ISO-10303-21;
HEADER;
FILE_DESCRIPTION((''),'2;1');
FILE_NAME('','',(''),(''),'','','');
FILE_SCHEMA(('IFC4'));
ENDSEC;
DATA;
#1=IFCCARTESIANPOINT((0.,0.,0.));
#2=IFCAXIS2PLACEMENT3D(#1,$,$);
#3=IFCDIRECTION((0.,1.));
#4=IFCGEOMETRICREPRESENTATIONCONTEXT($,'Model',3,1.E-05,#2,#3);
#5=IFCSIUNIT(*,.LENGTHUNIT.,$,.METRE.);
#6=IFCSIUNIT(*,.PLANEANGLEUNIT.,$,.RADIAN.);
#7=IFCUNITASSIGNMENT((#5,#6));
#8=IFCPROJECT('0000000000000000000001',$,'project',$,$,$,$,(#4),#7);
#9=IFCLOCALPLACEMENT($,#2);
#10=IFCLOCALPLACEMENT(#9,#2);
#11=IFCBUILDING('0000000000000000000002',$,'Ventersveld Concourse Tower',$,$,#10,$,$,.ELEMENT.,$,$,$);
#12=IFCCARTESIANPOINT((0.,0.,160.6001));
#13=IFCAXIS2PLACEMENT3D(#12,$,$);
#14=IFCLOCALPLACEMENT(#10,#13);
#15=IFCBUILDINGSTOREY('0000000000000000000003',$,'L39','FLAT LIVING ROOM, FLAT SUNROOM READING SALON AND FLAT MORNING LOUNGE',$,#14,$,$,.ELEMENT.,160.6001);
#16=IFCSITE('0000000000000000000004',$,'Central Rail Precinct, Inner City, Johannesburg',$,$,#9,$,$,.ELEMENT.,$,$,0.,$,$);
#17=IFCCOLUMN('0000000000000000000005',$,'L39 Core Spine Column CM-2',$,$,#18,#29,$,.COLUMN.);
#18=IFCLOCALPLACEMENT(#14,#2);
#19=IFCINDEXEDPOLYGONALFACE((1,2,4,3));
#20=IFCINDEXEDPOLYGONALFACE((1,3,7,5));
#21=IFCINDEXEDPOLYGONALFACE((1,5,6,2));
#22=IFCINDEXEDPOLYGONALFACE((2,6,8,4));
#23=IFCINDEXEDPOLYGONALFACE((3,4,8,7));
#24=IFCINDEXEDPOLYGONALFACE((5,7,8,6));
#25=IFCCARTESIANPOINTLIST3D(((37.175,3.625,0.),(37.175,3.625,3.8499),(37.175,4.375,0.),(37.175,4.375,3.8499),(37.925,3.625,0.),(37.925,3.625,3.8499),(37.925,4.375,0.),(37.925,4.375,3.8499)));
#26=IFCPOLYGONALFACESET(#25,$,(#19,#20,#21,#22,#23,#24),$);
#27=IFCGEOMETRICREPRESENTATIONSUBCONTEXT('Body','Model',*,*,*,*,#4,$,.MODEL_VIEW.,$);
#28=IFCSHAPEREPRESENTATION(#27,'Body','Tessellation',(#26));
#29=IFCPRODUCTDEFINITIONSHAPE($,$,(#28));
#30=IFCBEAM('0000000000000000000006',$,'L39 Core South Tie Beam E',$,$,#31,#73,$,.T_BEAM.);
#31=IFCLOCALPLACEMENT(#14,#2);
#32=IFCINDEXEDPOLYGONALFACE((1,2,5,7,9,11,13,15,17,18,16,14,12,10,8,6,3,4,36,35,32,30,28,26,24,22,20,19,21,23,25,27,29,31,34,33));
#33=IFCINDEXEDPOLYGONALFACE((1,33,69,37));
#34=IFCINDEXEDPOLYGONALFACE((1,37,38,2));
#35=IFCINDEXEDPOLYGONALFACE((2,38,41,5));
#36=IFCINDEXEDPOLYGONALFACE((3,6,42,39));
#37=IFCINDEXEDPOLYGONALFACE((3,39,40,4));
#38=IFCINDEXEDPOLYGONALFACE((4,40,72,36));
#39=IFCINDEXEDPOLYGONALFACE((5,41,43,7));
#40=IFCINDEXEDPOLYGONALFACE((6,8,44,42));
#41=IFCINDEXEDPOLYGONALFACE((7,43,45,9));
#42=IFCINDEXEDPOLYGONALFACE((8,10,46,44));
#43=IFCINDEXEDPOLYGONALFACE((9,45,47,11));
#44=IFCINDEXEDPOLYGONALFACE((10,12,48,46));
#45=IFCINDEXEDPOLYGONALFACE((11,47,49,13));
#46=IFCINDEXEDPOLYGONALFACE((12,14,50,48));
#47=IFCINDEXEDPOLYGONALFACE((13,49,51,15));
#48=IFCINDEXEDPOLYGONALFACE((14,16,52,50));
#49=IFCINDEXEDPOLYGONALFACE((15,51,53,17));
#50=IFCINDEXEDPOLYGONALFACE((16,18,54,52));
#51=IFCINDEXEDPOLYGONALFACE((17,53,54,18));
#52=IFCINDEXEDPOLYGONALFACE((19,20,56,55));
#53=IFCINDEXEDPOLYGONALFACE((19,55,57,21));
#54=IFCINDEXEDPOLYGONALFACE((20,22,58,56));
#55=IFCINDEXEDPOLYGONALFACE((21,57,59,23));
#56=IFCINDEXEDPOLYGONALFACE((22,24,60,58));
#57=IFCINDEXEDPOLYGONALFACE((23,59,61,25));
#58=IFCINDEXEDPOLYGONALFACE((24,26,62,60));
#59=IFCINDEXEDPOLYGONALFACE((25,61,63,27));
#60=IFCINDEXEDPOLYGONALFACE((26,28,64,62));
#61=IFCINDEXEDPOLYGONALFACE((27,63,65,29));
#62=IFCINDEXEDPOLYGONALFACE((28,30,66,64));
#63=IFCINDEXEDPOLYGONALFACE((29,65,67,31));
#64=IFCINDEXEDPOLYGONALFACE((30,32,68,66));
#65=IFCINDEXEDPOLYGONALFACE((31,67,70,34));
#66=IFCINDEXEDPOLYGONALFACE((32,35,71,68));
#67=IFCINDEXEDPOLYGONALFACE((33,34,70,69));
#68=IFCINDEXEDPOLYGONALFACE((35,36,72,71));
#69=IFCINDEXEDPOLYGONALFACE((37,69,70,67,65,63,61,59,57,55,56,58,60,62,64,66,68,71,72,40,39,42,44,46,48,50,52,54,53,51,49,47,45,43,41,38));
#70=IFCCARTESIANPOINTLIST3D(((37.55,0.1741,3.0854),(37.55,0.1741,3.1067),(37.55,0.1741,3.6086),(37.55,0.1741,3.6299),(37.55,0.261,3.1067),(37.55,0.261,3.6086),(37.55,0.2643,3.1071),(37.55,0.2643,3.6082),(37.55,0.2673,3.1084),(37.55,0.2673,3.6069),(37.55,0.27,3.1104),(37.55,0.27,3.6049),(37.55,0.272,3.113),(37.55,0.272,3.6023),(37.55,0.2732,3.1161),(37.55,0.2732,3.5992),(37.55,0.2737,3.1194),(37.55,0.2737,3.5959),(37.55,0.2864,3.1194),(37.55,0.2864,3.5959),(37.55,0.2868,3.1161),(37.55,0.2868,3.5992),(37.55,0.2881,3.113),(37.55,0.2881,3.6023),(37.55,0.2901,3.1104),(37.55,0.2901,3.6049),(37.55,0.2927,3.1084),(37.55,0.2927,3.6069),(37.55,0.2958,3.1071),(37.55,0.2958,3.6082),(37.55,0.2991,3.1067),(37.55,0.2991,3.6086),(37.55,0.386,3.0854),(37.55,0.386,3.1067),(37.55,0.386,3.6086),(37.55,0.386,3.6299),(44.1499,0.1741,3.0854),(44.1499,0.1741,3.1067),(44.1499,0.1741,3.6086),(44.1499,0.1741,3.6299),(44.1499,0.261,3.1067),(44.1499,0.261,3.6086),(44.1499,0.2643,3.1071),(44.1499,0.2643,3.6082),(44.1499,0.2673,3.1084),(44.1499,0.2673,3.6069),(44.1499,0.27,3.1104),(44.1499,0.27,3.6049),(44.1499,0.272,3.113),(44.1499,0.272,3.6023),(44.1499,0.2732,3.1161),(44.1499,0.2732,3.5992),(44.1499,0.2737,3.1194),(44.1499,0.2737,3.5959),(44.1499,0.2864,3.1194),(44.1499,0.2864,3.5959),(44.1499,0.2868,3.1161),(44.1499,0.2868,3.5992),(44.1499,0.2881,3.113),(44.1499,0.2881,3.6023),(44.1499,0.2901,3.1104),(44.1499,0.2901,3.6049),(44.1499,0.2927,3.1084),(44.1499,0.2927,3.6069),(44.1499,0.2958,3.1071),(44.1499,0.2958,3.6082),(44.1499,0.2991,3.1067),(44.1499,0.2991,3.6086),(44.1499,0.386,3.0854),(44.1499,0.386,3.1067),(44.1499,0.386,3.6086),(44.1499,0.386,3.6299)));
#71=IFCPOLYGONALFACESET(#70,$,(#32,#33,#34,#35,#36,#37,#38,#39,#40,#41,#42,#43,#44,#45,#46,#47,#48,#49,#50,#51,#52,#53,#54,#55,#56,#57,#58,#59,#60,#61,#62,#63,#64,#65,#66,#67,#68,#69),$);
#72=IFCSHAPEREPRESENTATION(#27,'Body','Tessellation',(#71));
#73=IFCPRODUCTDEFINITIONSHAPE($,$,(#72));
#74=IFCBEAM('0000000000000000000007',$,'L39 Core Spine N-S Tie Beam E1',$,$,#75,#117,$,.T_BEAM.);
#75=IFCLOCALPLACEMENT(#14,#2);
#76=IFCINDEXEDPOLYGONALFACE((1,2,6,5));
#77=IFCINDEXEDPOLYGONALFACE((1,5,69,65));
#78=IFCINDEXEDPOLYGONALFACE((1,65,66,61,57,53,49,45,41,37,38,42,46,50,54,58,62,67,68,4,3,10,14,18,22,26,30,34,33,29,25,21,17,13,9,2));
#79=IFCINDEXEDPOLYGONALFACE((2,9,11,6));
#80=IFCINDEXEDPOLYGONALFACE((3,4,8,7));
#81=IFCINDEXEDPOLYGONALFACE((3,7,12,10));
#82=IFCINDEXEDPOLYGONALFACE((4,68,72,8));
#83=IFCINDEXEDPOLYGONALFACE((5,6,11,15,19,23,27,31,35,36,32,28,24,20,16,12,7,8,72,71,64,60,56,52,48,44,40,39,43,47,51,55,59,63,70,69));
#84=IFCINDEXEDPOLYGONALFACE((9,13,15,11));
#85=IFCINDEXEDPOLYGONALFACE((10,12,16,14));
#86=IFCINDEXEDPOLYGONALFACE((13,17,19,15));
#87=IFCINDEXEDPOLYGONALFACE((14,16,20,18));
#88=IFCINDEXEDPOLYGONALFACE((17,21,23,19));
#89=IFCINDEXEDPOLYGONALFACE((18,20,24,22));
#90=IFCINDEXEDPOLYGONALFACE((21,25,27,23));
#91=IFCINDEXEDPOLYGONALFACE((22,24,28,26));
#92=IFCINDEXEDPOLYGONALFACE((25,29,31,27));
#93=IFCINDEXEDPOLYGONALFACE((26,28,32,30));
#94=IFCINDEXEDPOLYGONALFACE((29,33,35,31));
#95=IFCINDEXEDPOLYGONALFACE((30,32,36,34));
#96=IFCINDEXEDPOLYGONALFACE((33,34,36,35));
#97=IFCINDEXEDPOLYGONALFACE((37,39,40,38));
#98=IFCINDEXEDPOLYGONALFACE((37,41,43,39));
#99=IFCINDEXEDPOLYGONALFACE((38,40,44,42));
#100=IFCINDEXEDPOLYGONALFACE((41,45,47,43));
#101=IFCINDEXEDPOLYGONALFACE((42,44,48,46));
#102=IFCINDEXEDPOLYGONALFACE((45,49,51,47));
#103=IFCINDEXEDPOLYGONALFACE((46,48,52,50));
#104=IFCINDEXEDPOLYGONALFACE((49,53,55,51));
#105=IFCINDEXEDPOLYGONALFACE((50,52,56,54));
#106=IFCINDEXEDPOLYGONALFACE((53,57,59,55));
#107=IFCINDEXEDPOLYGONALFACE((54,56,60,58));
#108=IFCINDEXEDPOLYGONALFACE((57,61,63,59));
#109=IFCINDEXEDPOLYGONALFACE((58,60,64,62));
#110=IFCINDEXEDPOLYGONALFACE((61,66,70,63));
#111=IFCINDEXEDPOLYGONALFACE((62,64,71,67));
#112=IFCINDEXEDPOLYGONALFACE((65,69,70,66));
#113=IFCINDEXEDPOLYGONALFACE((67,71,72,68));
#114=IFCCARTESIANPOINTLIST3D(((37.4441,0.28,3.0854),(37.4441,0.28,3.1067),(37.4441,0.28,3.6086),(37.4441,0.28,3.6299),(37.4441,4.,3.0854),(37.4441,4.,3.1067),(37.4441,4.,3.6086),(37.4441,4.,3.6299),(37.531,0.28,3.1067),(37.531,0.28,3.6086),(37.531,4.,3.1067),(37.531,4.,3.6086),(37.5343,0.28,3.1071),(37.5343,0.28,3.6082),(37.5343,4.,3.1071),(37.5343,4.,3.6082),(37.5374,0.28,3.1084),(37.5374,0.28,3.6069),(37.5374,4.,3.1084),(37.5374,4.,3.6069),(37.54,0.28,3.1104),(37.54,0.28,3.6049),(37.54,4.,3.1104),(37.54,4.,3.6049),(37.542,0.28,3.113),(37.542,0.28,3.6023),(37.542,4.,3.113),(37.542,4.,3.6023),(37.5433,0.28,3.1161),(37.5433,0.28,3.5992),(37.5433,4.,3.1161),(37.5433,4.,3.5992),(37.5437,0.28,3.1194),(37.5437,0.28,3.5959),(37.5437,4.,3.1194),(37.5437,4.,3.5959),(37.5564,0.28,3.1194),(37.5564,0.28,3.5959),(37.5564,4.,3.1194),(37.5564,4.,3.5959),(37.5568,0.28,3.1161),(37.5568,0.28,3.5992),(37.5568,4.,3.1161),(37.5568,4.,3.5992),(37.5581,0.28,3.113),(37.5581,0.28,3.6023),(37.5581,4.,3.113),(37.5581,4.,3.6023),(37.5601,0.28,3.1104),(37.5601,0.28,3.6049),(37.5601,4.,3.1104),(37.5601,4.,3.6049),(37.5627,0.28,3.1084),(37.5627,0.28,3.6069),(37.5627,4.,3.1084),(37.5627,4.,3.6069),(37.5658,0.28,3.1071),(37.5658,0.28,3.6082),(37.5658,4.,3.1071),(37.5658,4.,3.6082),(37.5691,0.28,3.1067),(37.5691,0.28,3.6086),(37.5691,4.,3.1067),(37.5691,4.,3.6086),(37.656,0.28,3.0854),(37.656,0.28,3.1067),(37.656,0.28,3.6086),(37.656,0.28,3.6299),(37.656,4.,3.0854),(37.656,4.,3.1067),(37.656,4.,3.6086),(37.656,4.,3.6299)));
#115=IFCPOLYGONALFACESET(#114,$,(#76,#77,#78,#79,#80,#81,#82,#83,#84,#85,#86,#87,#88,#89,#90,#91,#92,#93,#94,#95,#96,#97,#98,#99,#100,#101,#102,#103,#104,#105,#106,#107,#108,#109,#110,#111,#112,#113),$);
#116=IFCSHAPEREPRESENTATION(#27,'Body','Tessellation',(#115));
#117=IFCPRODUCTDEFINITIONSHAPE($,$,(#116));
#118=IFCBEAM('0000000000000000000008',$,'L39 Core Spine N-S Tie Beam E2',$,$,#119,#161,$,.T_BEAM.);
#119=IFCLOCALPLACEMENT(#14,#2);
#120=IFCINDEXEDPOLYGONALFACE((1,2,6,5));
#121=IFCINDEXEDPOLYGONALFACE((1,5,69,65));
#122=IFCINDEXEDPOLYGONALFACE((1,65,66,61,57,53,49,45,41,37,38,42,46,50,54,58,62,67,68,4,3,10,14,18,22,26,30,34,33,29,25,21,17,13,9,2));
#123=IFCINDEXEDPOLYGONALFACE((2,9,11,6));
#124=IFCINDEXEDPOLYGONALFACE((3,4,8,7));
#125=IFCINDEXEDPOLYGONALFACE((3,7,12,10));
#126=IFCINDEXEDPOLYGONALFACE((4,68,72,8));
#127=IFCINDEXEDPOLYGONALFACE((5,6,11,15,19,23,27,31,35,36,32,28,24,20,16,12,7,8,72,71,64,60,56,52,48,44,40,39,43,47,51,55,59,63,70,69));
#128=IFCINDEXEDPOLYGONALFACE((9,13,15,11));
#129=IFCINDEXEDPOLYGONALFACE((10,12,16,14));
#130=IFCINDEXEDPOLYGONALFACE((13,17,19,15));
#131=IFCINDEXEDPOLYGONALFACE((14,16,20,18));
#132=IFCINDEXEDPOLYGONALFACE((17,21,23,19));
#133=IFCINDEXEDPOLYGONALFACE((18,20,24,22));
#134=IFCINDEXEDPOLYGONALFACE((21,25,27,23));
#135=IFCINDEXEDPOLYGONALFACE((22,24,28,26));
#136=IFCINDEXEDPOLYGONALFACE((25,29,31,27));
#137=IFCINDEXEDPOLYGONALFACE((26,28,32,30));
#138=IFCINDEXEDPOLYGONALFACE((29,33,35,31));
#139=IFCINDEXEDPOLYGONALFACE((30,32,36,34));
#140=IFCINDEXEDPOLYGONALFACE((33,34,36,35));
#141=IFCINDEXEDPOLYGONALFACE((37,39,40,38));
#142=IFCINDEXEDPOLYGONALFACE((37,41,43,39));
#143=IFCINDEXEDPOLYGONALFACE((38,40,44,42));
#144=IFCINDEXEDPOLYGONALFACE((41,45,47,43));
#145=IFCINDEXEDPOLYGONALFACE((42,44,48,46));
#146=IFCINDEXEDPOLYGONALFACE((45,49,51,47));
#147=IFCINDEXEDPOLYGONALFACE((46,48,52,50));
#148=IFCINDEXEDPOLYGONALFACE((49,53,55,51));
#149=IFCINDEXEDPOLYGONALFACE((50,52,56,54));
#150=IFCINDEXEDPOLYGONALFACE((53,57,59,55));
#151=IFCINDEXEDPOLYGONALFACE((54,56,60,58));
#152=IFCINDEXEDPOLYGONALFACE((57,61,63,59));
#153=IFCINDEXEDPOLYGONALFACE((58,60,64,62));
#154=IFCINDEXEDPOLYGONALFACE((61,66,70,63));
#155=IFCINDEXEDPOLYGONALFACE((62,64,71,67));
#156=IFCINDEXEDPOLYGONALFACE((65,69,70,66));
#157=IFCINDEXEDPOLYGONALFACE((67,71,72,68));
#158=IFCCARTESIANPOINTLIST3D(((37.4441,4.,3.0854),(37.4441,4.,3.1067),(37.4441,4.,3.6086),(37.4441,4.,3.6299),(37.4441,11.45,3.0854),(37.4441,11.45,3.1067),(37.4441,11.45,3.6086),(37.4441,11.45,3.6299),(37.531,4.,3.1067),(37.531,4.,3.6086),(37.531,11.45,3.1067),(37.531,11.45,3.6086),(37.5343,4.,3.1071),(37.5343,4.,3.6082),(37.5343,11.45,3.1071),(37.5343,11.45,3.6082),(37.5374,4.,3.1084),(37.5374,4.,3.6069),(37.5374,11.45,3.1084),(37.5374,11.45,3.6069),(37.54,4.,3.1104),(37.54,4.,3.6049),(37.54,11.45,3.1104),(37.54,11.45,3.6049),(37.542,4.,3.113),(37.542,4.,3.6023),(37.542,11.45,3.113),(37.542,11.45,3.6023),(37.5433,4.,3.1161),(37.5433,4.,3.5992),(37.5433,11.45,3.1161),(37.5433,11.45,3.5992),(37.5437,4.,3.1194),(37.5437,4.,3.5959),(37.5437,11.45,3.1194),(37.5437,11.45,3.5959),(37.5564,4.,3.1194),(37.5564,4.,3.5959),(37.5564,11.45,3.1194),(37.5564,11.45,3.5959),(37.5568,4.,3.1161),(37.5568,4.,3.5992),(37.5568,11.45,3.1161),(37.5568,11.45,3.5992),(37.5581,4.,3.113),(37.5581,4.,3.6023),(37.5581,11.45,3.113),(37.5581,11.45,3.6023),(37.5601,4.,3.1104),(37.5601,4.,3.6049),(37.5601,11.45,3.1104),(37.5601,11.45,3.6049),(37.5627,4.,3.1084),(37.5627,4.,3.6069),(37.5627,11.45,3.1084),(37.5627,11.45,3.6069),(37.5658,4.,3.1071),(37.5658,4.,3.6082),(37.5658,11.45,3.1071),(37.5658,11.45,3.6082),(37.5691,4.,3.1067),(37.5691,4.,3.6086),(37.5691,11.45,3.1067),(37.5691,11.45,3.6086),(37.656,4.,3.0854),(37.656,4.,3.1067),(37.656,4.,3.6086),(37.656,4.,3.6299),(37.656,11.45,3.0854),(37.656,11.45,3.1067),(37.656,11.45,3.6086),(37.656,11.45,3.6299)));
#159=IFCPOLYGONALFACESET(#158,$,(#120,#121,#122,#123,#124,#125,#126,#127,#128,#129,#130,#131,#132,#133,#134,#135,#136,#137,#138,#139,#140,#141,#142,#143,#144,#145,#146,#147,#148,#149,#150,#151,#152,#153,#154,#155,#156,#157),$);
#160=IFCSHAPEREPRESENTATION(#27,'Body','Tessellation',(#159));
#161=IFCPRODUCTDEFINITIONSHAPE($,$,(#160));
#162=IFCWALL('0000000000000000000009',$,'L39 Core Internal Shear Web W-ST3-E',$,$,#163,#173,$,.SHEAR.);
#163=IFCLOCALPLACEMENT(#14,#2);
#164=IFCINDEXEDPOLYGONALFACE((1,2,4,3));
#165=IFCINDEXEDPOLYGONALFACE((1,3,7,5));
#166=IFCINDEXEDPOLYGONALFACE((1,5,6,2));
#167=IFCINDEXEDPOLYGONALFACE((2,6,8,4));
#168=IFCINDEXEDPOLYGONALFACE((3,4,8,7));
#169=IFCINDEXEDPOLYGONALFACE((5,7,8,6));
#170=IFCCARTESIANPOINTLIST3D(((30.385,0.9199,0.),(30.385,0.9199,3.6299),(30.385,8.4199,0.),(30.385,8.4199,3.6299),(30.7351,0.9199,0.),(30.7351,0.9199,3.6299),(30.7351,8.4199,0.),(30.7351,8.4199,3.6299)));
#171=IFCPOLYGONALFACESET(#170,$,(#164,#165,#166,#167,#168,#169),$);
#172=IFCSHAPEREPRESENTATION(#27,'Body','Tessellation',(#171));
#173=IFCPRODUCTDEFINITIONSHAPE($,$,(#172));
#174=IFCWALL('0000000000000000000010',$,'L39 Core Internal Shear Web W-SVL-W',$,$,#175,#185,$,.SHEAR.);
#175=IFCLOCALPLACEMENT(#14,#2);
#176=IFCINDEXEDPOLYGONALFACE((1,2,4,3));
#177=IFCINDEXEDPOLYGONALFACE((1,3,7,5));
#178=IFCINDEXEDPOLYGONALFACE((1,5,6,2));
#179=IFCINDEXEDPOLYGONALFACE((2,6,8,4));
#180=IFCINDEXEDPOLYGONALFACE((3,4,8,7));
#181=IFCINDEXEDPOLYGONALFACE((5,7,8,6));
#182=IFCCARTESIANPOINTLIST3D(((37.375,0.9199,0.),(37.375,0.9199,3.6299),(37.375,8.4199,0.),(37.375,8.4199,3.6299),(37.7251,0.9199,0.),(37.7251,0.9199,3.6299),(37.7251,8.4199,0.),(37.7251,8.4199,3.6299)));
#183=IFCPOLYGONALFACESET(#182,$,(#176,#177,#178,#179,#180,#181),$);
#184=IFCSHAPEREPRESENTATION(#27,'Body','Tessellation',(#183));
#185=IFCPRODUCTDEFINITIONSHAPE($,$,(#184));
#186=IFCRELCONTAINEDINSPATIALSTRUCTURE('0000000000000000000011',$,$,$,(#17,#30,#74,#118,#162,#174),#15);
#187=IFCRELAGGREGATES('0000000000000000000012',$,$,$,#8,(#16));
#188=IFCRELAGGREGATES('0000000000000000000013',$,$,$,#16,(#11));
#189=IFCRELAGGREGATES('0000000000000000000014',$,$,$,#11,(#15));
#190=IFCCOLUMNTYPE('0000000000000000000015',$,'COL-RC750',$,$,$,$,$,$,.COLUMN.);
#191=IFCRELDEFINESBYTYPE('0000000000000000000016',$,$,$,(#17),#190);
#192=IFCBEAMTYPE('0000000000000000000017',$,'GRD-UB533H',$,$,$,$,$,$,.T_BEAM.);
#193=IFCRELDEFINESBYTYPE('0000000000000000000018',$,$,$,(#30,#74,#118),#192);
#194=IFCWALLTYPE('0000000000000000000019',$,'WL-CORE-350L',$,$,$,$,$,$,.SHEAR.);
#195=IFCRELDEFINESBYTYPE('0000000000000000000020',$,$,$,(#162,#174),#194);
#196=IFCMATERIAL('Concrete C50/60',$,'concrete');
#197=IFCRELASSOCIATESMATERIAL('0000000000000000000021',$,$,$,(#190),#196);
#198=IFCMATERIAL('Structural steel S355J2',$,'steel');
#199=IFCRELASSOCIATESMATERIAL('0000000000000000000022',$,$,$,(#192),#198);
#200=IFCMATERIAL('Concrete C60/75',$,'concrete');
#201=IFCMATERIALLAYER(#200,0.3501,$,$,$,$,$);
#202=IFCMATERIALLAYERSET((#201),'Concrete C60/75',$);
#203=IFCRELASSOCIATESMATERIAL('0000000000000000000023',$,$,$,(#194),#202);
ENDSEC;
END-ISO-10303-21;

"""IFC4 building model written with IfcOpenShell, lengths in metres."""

from ifc_helpers import new_model, si_unit, direction, frame, frame_2d, origin, origin_2d, place, context, subcontext, project, spatial, rectangle, i_section, extrude, material, layer, layer_set, material_profile, profile_set, type_object, element, save


model = new_model("IFC4")

# Units and contexts
model_context = context("Model", 3, precision=1e-05, world=origin(), true_north=direction((0.0, 1.0)))
body_context = subcontext(model_context, "Body", "Model", "MODEL_VIEW")
ifc_project = project(units=[si_unit("LENGTHUNIT", "METRE"), si_unit("PLANEANGLEUNIT", "RADIAN")], contexts=[model_context])

# Site, building, storey
site_placement = place(None, origin())
site = spatial("IfcSite", under=ifc_project, at=site_placement, Name="Central Rail Precinct, Inner City, Johannesburg", CompositionType="ELEMENT", RefElevation=0.0)
building_placement = place(site_placement, origin())
building = spatial("IfcBuilding", under=site, at=building_placement, Name="Ventersveld Concourse Tower", CompositionType="ELEMENT")
storey_placement = place(building_placement, frame((0.0, 0.0, 160.6001)))
storey = spatial("IfcBuildingStorey", under=building, at=storey_placement, Name="L39", Description="FLAT LIVING ROOM, FLAT SUNROOM READING SALON AND FLAT MORNING LOUNGE", CompositionType="ELEMENT", Elevation=160.6001)

# Column
ifc_material_1 = material(Name="Concrete C50/60", Category="concrete")
ifc_material_profile_1 = material_profile(ifc_material_1, rectangle(XDim=0.75, YDim=0.75, at=origin_2d()), Name="RC 750x750")
ifc_profile_set_1 = profile_set([ifc_material_profile_1], Name="Concrete C50/60")
column_type = type_object("IfcColumnType", Name="COL-RC750", PredefinedType="COLUMN", material=ifc_profile_set_1)
column_placement = place(storey_placement, frame((37.55, 4.0, 0.0), z_axis=(0.0, 0.0, 1.0), x_axis=(1.0, 0.0, 0.0)))
element("IfcColumn", 1, at=column_placement, inside=storey, type_object=column_type, Name="L39 Core Spine Column CM-2", PredefinedType="COLUMN", context=body_context, shape_type="SweptSolid", body=[
    extrude(rectangle(XDim=0.75, YDim=0.75, at=origin_2d()), origin(), (0.0, 0.0, 1.0), 3.8499),
])

# Beams
ifc_material_2 = material(Name="Structural steel S355J2", Category="steel")
ifc_material_profile_2 = material_profile(ifc_material_2, i_section(OverallWidth=0.2119, OverallDepth=0.5444, WebThickness=0.0127, FlangeThickness=0.0212, FilletRadius=0.0127, at=origin_2d()), Name="UB 533x210x122")
ifc_profile_set_2 = profile_set([ifc_material_profile_2], Name="Structural steel S355J2")
beam_type = type_object("IfcBeamType", Name="GRD-UB533H", PredefinedType="T_BEAM", material=ifc_profile_set_2)
beam_1_placement = place(storey_placement, frame((37.55, 0.28, 3.3577), z_axis=(1.0, 0.0, 0.0), x_axis=(0.0, 1.0, 0.0)))
element("IfcBeam", 2, at=beam_1_placement, inside=storey, type_object=beam_type, Name="L39 Core South Tie Beam E", PredefinedType="T_BEAM", context=body_context, shape_type="SweptSolid", body=[
    extrude(i_section(OverallWidth=0.2119, OverallDepth=0.5444, WebThickness=0.0127, FlangeThickness=0.0212, FilletRadius=0.0127, at=origin_2d()), origin(), (0.0, 0.0, 1.0), 6.5999),
])
beam_2_placement = place(storey_placement, frame((37.55, 0.28, 3.3577), z_axis=(0.0, 1.0, 0.0), x_axis=(-1.0, 0.0, 0.0)))
element("IfcBeam", 3, at=beam_2_placement, inside=storey, type_object=beam_type, Name="L39 Core Spine N-S Tie Beam E1", PredefinedType="T_BEAM", context=body_context, shape_type="SweptSolid", body=[
    extrude(i_section(OverallWidth=0.2119, OverallDepth=0.5444, WebThickness=0.0127, FlangeThickness=0.0212, FilletRadius=0.0127, at=origin_2d()), origin(), (0.0, 0.0, 1.0), 3.72),
])
beam_3_placement = place(storey_placement, frame((37.55, 4.0, 3.3577), z_axis=(0.0, 1.0, 0.0), x_axis=(-1.0, 0.0, 0.0)))
element("IfcBeam", 4, at=beam_3_placement, inside=storey, type_object=beam_type, Name="L39 Core Spine N-S Tie Beam E2", PredefinedType="T_BEAM", context=body_context, shape_type="SweptSolid", body=[
    extrude(i_section(OverallWidth=0.2119, OverallDepth=0.5444, WebThickness=0.0127, FlangeThickness=0.0212, FilletRadius=0.0127, at=origin_2d()), origin(), (0.0, 0.0, 1.0), 7.45),
])

# Walls
ifc_material_3 = material(Name="Concrete C60/75", Category="concrete")
ifc_layer_1 = layer(ifc_material_3, 0.3501)
ifc_layer_set_1 = layer_set([ifc_layer_1], Name="Concrete C60/75")
wall_type_1 = type_object("IfcWallType", Name="WL-CORE-350L", PredefinedType="SHEAR", material=ifc_layer_set_1)
for number, where, z_axis, x_axis, name in (
    (5, (30.5601, 0.9199, 0.0), (0.0, 0.0, 1.0), (0.0, 1.0, 0.0), "L39 Core Internal Shear Web W-ST3-E"),
    (6, (37.55, 0.9199, 0.0), (0.0, 0.0, 1.0), (0.0, 1.0, 0.0), "L39 Core Internal Shear Web W-SVL-W"),
):
    element("IfcWall", number, at=place(storey_placement, frame(where, z_axis=z_axis, x_axis=x_axis)), inside=storey, type_object=wall_type_1, Name=name, PredefinedType="SHEAR", context=body_context, shape_type="SweptSolid", body=[
        extrude(rectangle(XDim=7.5, YDim=0.3501, at=frame_2d((3.75, 0.0))), origin(), (0.0, 0.0, 1.0), 3.6299),
    ])

save(model, "model.ifc")
